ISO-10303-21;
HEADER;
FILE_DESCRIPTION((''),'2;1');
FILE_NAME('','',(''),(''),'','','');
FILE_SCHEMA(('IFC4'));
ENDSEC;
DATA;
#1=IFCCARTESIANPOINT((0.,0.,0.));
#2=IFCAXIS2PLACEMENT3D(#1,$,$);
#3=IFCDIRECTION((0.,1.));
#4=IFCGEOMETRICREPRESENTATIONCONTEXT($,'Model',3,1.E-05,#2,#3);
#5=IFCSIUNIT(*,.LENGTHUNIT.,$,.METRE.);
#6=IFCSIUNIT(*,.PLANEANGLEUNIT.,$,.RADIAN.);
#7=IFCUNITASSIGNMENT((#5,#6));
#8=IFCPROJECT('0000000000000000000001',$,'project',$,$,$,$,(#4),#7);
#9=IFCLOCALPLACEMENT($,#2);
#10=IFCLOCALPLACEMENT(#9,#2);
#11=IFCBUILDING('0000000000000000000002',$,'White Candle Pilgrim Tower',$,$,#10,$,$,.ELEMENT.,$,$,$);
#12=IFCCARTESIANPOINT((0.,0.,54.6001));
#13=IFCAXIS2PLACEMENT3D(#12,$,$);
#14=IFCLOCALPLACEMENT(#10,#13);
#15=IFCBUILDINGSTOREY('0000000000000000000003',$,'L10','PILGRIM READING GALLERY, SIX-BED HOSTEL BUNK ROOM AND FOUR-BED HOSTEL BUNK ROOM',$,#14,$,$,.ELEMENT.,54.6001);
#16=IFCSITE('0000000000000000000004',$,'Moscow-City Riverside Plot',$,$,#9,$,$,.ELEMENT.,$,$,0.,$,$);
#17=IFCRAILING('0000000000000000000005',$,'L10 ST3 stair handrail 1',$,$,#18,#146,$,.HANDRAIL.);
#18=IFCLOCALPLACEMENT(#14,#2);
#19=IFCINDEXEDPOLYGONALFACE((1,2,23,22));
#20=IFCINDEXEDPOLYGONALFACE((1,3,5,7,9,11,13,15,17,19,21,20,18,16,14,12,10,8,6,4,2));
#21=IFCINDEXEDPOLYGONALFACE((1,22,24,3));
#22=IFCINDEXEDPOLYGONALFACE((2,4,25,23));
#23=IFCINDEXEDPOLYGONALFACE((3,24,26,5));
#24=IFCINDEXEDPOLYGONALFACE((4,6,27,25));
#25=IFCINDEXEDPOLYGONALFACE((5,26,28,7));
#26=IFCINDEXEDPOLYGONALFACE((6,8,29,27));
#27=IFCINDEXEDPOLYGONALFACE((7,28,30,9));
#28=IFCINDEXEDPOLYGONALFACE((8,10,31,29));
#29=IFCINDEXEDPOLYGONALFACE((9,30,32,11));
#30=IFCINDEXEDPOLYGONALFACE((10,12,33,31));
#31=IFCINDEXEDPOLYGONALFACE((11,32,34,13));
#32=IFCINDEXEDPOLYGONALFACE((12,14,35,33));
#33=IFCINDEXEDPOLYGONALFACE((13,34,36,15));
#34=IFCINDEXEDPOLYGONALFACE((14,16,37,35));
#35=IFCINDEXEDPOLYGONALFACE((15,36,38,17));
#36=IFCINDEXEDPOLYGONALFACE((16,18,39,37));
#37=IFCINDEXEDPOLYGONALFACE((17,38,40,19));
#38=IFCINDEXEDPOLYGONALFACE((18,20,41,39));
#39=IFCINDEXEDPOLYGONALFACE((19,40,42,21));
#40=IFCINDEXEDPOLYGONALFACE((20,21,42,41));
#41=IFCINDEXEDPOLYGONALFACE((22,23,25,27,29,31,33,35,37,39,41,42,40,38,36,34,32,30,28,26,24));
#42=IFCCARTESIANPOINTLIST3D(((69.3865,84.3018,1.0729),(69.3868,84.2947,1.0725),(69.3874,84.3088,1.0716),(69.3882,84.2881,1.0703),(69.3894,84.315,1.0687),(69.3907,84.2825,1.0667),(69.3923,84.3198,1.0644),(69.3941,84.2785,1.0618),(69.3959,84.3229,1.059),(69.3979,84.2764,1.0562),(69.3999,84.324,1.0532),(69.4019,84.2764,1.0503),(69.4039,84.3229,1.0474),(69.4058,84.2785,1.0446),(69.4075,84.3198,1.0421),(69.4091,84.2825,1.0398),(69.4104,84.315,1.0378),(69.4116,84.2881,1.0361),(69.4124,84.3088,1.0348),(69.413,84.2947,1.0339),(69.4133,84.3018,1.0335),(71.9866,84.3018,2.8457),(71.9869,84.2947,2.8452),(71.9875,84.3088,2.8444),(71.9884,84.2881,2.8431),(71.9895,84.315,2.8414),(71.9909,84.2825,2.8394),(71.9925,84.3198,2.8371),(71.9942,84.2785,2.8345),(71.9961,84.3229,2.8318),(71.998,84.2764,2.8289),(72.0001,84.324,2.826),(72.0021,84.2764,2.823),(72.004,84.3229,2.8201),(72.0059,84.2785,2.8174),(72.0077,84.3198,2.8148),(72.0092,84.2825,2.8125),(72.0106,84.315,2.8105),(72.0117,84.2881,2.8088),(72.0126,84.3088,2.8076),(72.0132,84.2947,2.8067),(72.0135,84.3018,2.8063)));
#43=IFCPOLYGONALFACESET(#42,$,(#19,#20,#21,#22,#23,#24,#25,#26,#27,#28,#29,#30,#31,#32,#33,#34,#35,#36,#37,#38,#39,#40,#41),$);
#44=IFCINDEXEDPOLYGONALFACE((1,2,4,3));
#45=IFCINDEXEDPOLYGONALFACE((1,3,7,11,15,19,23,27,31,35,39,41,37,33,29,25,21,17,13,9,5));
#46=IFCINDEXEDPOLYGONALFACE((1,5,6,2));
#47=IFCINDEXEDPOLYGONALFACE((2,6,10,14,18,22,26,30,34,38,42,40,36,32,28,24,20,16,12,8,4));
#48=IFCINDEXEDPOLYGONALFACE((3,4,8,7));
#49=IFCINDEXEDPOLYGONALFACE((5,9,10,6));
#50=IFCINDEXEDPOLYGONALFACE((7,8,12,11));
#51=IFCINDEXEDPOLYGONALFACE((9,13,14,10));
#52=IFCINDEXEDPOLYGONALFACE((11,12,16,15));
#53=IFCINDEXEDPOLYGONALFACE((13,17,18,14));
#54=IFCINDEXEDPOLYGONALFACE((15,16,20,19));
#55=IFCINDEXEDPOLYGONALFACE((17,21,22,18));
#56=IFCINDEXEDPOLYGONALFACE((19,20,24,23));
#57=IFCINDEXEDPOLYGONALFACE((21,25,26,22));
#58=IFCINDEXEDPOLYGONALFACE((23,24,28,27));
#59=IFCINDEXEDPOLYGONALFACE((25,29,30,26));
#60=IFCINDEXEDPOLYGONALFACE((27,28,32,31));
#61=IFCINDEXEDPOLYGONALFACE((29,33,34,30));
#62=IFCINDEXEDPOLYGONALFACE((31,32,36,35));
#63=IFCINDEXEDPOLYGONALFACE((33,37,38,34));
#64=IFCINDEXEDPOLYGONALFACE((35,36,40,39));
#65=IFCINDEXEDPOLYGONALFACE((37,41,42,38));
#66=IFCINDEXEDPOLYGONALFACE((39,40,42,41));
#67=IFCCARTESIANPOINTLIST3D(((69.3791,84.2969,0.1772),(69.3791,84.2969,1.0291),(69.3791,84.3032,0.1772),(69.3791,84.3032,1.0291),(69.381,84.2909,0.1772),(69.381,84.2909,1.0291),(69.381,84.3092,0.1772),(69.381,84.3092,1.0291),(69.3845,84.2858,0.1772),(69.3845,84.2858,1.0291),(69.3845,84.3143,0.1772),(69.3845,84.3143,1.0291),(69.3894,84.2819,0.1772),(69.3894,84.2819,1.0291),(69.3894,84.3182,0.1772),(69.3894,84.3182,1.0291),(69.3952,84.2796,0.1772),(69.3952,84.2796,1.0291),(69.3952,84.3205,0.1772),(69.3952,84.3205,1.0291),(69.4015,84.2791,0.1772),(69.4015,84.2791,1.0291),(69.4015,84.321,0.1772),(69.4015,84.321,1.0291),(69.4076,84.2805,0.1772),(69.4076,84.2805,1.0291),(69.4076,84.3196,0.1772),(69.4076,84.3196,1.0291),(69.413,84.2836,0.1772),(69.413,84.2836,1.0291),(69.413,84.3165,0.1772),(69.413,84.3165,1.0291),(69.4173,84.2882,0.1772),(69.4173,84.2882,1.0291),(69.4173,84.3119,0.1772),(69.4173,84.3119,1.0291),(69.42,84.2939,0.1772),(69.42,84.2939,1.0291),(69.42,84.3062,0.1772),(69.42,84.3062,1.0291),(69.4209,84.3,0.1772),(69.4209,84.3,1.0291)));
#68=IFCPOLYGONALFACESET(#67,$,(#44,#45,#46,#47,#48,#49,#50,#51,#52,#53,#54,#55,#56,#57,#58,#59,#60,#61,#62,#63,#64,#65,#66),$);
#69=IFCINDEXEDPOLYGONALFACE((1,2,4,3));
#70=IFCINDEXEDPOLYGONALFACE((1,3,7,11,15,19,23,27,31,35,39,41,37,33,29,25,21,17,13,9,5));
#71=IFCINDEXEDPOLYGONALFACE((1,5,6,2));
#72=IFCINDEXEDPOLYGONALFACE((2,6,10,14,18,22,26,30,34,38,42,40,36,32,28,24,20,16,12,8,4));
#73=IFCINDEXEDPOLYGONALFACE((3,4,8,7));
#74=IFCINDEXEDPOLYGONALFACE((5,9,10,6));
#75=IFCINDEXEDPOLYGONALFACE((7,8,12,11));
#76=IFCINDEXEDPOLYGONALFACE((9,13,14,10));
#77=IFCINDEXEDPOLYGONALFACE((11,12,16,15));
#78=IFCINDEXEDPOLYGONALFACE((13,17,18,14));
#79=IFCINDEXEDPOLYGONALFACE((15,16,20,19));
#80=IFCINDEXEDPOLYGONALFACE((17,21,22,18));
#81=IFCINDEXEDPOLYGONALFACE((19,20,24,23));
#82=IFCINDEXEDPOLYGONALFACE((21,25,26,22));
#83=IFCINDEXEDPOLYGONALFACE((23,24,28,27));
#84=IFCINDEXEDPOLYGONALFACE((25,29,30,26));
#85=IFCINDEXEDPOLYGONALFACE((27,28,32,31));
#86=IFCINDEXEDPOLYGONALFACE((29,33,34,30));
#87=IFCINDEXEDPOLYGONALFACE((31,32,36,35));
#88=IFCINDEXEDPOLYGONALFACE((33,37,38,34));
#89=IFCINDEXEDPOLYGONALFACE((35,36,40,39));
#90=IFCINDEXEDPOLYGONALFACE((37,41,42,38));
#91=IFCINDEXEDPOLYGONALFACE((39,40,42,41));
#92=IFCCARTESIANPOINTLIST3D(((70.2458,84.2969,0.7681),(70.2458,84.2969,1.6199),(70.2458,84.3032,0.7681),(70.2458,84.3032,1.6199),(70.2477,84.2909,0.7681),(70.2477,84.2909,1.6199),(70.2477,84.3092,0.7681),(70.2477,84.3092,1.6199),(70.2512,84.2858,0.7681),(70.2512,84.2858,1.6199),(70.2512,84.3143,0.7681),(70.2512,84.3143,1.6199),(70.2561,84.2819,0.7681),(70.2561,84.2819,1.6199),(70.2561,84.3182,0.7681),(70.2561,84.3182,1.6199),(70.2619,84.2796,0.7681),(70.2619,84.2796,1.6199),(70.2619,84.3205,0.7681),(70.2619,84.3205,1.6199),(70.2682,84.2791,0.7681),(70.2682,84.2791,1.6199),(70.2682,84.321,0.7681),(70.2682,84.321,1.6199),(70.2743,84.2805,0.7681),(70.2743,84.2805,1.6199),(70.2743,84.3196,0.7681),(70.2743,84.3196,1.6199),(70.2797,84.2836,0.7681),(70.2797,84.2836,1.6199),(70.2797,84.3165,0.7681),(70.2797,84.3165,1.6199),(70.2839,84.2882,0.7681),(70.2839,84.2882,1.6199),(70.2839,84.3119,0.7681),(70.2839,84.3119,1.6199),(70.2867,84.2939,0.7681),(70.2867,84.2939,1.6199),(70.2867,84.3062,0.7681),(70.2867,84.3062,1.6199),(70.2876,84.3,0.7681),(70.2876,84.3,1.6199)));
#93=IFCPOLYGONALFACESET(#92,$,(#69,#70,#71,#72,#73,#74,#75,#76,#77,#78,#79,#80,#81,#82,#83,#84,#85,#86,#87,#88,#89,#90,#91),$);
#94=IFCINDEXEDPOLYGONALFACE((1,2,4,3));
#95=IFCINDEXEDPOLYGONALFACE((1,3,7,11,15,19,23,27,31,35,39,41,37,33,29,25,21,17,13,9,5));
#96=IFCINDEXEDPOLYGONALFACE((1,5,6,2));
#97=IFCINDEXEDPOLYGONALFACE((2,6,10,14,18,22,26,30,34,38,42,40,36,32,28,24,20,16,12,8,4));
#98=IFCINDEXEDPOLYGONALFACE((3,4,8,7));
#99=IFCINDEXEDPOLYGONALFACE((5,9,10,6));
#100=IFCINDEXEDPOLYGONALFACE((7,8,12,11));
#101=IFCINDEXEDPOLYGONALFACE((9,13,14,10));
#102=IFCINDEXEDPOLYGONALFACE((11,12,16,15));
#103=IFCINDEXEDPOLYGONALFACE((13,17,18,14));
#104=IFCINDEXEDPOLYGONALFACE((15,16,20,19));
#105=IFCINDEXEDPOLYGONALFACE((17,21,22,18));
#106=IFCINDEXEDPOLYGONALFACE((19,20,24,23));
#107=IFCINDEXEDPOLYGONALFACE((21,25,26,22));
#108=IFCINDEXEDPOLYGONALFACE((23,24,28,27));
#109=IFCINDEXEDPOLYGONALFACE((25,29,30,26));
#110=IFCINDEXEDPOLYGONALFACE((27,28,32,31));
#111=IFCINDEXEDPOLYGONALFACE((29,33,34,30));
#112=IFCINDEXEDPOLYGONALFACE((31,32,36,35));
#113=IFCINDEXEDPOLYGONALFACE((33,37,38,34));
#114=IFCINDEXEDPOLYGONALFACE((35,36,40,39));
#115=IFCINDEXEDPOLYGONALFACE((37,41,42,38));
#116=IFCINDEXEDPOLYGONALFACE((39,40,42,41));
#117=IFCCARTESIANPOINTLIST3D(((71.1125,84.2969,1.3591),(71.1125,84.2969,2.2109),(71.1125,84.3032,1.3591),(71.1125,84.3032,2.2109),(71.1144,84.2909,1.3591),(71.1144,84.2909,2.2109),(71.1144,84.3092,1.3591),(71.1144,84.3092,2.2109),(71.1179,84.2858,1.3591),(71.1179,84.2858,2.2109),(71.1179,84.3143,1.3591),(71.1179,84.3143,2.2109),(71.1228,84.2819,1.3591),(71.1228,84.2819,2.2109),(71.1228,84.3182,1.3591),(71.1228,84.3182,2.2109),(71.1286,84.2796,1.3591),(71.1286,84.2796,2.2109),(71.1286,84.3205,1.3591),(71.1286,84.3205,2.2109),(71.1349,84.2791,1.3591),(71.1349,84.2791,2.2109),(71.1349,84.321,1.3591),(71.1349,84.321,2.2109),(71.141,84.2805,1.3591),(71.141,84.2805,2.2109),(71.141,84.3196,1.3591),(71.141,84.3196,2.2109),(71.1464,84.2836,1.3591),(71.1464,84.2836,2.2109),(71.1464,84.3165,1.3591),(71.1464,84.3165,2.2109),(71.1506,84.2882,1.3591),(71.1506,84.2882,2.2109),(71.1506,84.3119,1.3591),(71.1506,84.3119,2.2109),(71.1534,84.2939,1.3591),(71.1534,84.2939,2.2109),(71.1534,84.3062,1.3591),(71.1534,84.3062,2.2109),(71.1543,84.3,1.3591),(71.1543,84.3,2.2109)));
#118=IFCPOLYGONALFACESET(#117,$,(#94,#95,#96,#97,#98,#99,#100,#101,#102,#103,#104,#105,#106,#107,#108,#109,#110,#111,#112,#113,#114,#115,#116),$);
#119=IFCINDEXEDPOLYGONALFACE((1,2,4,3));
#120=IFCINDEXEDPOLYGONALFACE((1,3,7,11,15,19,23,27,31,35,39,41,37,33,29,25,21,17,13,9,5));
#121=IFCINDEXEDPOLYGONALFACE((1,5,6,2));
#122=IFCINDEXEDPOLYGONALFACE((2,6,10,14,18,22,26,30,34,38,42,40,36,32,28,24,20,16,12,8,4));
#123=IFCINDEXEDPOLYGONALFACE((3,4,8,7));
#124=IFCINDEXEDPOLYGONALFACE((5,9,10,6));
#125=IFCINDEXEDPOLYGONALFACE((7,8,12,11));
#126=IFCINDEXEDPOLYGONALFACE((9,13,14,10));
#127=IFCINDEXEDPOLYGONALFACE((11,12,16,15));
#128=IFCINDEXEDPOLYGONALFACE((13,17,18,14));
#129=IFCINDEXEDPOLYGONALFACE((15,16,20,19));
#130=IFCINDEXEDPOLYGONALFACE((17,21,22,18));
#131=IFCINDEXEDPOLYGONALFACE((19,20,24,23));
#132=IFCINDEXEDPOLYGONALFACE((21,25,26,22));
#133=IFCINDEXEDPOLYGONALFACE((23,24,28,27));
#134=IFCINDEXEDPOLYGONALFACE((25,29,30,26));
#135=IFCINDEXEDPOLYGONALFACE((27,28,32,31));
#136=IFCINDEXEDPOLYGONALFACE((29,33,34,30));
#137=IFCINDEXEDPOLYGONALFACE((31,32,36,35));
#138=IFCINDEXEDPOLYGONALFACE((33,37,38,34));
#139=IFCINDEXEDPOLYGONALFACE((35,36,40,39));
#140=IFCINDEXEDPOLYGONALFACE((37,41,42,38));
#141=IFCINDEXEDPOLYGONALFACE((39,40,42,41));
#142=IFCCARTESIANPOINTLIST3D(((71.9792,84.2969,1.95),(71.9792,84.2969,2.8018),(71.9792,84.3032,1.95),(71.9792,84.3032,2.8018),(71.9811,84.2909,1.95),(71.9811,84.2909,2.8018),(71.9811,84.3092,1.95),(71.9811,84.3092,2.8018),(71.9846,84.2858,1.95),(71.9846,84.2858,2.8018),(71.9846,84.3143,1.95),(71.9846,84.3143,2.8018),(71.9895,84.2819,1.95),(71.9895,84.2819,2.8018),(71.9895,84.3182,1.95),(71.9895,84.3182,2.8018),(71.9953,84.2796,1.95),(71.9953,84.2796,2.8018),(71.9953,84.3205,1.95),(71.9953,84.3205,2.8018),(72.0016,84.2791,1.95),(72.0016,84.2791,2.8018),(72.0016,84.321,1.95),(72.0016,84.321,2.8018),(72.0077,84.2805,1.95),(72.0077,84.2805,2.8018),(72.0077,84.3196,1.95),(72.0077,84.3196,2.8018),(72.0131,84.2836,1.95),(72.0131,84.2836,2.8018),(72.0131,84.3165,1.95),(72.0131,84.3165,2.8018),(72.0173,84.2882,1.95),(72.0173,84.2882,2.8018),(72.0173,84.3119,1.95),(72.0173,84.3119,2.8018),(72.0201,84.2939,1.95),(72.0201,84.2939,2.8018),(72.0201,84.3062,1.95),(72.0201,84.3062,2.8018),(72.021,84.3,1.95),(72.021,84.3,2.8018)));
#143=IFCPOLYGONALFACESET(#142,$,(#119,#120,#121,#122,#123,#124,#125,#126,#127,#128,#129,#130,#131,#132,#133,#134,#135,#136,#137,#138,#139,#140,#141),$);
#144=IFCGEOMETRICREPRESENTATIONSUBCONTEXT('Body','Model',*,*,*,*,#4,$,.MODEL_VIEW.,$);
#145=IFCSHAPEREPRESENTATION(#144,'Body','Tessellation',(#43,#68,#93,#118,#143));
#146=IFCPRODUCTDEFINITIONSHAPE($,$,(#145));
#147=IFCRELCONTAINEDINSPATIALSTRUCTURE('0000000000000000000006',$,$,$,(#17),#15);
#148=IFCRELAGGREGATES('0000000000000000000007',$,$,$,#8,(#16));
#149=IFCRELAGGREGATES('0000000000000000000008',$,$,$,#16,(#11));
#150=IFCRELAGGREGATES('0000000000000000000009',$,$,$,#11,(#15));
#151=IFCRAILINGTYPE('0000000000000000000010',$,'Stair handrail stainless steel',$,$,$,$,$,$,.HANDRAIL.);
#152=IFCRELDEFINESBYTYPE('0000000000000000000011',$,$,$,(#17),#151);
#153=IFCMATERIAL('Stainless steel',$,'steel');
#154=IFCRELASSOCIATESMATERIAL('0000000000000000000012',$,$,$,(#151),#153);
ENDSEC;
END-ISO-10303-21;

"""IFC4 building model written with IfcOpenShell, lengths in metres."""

from ifc_helpers import new_model, si_unit, direction, frame, origin, origin_2d, place, context, subcontext, project, spatial, circle, extrude, material, type_object, element, save


model = new_model("IFC4")

# Units and contexts
model_context = context("Model", 3, precision=1e-05, world=origin(), true_north=direction((0.0, 1.0)))
body_context = subcontext(model_context, "Body", "Model", "MODEL_VIEW")
ifc_project = project(units=[si_unit("LENGTHUNIT", "METRE"), si_unit("PLANEANGLEUNIT", "RADIAN")], contexts=[model_context])

# Site, building, storey
site_placement = place(None, origin())
site = spatial("IfcSite", under=ifc_project, at=site_placement, Name="Moscow-City Riverside Plot", CompositionType="ELEMENT", RefElevation=0.0)
building_placement = place(site_placement, origin())
building = spatial("IfcBuilding", under=site, at=building_placement, Name="White Candle Pilgrim Tower", CompositionType="ELEMENT")
storey_placement = place(building_placement, frame((0.0, 0.0, 54.6001)))
storey = spatial("IfcBuildingStorey", under=building, at=storey_placement, Name="L10", Description="PILGRIM READING GALLERY, SIX-BED HOSTEL BUNK ROOM AND FOUR-BED HOSTEL BUNK ROOM", CompositionType="ELEMENT", Elevation=54.6001)

# Railing
ifc_material_1 = material(Name="Stainless steel", Category="steel")
railing_type_1 = type_object("IfcRailingType", Name="Stair handrail stainless steel", PredefinedType="HANDRAIL", material=ifc_material_1)
railing_1_placement = place(storey_placement, frame((69.3999, 84.3, 0.1772)))
element("IfcRailing", 1, at=railing_1_placement, inside=storey, type_object=railing_type_1, Name="L10 ST3 stair handrail 1", PredefinedType="HANDRAIL", context=body_context, shape_type="SweptSolid", body=[
    extrude(circle(Radius=0.0239, at=origin_2d()), frame((0.0, 0.0, 0.876), z_axis=(0.82624, 0.0, 0.563318), x_axis=(0.0, 1.0, 0.0)), (0.0, 0.0, 1.0), 3.147),
    extrude(circle(Radius=0.021, at=origin_2d()), origin(), (0.0, 0.0, 1.0), 0.8518),
    extrude(circle(Radius=0.021, at=origin_2d()), frame((0.8667, 0.0, 0.5908)), (0.0, 0.0, 1.0), 0.8518),
    extrude(circle(Radius=0.021, at=origin_2d()), frame((1.7334, 0.0, 1.1819)), (0.0, 0.0, 1.0), 0.8518),
    extrude(circle(Radius=0.021, at=origin_2d()), frame((2.6001, 0.0, 1.7727)), (0.0, 0.0, 1.0), 0.8518),
])

save(model, "model.ifc")
